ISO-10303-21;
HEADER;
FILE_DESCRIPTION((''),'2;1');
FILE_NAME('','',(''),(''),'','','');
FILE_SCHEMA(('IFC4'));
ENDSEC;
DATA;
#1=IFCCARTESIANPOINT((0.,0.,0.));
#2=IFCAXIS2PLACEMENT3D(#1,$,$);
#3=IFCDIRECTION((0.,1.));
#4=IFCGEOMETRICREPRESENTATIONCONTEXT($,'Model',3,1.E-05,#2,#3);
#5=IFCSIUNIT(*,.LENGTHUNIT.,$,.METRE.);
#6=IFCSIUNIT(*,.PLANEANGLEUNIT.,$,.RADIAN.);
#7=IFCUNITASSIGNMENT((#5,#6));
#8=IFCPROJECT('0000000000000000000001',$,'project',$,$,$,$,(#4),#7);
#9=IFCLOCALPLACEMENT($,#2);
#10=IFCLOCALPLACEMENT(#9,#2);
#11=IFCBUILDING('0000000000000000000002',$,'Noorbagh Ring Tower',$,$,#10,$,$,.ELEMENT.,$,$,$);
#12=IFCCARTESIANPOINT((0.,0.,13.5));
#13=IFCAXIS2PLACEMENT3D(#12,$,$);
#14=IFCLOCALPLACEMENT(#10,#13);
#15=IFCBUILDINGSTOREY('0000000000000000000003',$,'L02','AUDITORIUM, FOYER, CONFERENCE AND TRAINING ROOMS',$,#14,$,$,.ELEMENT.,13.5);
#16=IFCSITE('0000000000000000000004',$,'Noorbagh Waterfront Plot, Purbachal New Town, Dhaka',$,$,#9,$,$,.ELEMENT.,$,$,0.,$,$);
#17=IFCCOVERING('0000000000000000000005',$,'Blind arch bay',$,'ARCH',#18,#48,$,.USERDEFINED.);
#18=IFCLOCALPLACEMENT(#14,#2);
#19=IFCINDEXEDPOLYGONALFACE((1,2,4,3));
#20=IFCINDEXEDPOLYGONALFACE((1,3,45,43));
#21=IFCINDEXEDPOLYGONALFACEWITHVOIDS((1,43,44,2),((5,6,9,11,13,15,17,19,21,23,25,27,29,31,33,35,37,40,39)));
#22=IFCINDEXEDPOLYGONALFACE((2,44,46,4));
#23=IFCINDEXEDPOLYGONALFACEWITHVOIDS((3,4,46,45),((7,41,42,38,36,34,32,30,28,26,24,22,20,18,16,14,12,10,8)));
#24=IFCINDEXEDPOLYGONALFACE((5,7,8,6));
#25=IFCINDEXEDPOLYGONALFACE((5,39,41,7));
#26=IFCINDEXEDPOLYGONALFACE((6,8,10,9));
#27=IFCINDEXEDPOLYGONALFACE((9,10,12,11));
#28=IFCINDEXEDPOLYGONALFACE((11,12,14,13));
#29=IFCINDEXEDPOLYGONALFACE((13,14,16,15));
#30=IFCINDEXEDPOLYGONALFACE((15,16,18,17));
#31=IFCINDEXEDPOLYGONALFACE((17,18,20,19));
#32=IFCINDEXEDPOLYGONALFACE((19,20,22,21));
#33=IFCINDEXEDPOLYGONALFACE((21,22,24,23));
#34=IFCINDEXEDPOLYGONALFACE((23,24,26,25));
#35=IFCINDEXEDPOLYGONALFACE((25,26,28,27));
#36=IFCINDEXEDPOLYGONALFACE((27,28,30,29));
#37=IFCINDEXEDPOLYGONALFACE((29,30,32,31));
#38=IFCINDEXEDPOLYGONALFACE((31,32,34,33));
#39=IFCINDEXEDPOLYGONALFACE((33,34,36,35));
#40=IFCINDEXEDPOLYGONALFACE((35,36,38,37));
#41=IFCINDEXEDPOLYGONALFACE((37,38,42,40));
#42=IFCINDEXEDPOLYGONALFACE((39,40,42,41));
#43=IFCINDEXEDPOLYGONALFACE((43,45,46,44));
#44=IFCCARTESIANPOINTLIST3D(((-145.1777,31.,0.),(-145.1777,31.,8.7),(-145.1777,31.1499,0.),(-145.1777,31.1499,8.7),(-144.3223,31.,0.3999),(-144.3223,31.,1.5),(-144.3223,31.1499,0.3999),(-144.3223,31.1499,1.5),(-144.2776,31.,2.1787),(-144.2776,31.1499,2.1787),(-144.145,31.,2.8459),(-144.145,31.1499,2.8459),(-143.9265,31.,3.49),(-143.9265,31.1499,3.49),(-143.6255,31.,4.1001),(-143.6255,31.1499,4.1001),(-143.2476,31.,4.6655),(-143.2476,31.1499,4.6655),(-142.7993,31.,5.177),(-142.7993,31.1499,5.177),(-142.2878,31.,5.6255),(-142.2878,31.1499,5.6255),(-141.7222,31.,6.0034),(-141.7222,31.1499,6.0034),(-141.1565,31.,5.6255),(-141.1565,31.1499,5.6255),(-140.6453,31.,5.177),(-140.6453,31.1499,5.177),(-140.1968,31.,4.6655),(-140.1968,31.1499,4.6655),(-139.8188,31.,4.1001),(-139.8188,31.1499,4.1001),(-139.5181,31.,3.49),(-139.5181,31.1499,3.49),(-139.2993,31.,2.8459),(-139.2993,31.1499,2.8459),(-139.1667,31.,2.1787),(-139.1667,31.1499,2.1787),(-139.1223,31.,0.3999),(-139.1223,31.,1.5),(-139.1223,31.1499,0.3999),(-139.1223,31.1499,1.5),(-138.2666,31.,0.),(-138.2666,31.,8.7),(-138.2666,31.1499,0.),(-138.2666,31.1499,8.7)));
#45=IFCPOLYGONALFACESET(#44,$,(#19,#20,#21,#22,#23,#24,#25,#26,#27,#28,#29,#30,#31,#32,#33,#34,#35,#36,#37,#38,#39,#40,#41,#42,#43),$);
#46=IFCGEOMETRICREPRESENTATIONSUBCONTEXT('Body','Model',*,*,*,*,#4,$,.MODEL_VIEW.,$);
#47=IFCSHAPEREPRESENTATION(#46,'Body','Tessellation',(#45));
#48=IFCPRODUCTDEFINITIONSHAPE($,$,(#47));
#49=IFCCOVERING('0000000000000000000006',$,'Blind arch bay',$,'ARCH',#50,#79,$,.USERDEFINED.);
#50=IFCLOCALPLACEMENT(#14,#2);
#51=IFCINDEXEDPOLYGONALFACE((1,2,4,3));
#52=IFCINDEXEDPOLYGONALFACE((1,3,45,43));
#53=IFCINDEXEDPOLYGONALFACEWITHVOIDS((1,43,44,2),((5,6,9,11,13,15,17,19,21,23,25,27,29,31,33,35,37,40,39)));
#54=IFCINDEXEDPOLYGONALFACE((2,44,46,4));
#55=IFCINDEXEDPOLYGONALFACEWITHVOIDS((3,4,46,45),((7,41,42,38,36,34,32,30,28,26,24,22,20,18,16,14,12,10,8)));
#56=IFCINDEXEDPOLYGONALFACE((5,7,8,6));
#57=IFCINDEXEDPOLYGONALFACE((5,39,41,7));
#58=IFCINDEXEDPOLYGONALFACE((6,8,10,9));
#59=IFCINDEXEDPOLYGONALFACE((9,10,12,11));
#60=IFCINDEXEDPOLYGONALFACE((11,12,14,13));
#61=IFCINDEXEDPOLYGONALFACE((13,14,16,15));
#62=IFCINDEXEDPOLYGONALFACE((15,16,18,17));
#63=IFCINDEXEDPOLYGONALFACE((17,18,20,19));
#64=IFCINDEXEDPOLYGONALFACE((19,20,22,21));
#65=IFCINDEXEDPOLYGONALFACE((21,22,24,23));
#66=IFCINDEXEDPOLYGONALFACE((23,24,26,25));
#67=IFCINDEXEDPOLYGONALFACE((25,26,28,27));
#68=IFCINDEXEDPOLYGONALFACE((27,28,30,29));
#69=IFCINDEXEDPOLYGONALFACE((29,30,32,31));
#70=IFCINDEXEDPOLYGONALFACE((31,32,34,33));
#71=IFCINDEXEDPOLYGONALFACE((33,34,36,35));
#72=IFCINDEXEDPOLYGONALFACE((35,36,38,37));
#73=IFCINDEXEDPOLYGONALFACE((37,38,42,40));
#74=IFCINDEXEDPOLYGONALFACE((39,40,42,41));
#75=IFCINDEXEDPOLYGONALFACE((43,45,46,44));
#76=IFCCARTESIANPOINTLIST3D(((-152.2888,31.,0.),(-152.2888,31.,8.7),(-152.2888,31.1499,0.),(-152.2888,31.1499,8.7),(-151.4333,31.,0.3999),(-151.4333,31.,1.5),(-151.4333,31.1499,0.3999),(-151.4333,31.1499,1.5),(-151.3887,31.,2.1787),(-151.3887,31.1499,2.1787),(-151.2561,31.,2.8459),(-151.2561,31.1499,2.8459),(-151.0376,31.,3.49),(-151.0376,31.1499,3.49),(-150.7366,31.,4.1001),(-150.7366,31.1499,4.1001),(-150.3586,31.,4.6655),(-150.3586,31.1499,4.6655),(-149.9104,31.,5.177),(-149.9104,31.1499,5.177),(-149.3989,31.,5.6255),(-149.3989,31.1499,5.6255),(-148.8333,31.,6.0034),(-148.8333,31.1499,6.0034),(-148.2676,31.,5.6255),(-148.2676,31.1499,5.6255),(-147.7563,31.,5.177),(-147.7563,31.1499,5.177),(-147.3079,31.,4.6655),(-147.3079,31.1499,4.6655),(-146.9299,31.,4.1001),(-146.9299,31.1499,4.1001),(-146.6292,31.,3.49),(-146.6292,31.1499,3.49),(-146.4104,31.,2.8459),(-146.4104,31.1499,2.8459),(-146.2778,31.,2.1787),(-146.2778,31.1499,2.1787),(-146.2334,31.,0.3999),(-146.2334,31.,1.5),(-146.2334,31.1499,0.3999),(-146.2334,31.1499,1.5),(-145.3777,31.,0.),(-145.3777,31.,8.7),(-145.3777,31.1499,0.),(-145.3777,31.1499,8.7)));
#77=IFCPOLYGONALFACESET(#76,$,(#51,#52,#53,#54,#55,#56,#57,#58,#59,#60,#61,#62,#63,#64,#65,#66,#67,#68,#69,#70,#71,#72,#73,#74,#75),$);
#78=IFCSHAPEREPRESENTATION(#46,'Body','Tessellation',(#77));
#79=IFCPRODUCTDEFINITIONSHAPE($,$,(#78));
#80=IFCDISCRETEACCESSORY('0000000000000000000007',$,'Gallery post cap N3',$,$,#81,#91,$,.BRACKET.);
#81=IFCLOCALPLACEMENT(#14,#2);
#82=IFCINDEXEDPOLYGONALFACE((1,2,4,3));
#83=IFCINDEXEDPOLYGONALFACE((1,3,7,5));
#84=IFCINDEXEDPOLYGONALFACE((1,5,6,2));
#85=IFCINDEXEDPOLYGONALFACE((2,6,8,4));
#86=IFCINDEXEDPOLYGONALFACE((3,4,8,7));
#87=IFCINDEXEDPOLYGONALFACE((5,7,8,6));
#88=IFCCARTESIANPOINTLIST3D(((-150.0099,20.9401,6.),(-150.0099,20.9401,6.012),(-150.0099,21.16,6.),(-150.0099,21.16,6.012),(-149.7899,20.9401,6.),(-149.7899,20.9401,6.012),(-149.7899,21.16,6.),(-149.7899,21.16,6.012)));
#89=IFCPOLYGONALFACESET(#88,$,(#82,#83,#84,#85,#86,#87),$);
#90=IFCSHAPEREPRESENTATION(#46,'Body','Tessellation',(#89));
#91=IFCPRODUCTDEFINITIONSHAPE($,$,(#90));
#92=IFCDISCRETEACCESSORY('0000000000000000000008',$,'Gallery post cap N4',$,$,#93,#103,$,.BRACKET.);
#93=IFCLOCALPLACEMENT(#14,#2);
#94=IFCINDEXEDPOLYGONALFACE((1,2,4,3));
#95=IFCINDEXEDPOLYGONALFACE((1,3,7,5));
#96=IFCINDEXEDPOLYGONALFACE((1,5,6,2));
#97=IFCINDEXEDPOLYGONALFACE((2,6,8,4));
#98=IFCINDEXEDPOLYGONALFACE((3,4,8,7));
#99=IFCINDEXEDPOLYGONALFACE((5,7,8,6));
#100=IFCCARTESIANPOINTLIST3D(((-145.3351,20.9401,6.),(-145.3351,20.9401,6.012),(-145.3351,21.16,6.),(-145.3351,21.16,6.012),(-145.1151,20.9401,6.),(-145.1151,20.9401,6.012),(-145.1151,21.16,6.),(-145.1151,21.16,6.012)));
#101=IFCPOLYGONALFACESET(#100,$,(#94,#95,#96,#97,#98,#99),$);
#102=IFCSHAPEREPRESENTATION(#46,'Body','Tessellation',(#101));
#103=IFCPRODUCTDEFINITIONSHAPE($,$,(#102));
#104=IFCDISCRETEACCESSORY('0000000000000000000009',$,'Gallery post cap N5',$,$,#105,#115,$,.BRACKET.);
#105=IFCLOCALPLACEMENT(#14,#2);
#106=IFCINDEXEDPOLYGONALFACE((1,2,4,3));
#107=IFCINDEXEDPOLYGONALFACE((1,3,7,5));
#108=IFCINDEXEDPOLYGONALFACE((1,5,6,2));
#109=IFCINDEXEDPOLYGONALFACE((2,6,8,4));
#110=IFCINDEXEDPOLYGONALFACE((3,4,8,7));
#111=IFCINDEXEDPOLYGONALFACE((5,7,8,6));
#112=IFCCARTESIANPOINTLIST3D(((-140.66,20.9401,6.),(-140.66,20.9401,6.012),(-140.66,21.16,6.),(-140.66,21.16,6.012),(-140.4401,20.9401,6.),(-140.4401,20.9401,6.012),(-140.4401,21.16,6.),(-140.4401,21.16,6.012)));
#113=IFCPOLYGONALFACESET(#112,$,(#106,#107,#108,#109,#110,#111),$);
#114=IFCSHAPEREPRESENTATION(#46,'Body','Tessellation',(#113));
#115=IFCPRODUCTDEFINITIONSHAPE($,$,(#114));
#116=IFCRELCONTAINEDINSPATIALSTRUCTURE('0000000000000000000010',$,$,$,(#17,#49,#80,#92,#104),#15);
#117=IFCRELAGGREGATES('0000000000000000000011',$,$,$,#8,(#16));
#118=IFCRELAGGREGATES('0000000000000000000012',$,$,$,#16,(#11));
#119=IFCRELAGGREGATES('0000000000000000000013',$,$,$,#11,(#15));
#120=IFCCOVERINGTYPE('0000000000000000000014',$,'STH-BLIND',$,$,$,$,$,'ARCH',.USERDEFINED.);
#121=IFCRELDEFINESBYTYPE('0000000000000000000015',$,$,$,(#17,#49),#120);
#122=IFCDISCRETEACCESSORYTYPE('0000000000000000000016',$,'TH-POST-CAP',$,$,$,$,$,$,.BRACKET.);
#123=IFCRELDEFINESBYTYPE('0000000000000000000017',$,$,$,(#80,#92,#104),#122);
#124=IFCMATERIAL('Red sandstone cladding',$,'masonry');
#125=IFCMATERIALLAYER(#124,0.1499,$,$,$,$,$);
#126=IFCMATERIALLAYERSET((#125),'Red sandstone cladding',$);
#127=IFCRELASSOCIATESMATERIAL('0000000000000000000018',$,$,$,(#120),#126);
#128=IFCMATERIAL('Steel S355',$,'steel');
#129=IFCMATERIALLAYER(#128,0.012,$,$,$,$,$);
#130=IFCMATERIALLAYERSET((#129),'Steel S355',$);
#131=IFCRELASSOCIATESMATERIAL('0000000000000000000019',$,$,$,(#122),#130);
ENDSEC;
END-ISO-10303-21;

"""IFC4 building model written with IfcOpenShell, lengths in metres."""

from ifc_helpers import new_model, si_unit, direction, frame, origin, origin_2d, place, context, subcontext, project, spatial, polyline, rectangle, outline, extrude, material, layer, layer_set, type_object, element, save


model = new_model("IFC4")

# Units and contexts
model_context = context("Model", 3, precision=1e-05, world=origin(), true_north=direction((0.0, 1.0)))
body_context = subcontext(model_context, "Body", "Model", "MODEL_VIEW")
ifc_project = project(units=[si_unit("LENGTHUNIT", "METRE"), si_unit("PLANEANGLEUNIT", "RADIAN")], contexts=[model_context])

# Site, building, storey
site_placement = place(None, origin())
site = spatial("IfcSite", under=ifc_project, at=site_placement, Name="Noorbagh Waterfront Plot, Purbachal New Town, Dhaka", CompositionType="ELEMENT", RefElevation=0.0)
building_placement = place(site_placement, origin())
building = spatial("IfcBuilding", under=site, at=building_placement, Name="Noorbagh Ring Tower", CompositionType="ELEMENT")
storey_placement = place(building_placement, frame((0.0, 0.0, 13.5)))
storey = spatial("IfcBuildingStorey", under=building, at=storey_placement, Name="L02", Description="AUDITORIUM, FOYER, CONFERENCE AND TRAINING ROOMS", CompositionType="ELEMENT", Elevation=13.5)

# Coverings
ifc_material_1 = material(Name="Red sandstone cladding", Category="masonry")
ifc_layer_1 = layer(ifc_material_1, 0.1499)
ifc_layer_set_1 = layer_set([ifc_layer_1], Name="Red sandstone cladding")
covering_type = type_object("IfcCoveringType", Name="STH-BLIND", ElementType="ARCH", PredefinedType="USERDEFINED", material=ifc_layer_set_1)
for number, where, z_axis, x_axis, name in (
    (1, (-138.2666, 31.1499, 0.0), (0.0, 1.0, 0.0), (-1.0, 0.0, 0.0), "Blind arch bay"),
    (2, (-145.3777, 31.1499, 0.0), (0.0, 1.0, 0.0), (-1.0, 0.0, 0.0), "Blind arch bay"),
):
    element("IfcCovering", number, at=place(storey_placement, frame(where, z_axis=z_axis, x_axis=x_axis)), inside=storey, type_object=covering_type, Name=name, ObjectType="ARCH", PredefinedType="USERDEFINED", context=body_context, shape_type="SweptSolid", body=[
        extrude(outline(polyline([(0.0, 0.0), (6.9111, 0.0), (6.9111, 8.7), (0.0, 8.7), (0.0, 0.0)]), holes=[polyline([(0.8557, 0.3999), (0.8557, 1.5), (0.9001, 2.1787), (1.0327, 2.8459), (1.2515, 3.49), (1.5522, 4.1001), (1.9302, 4.6655), (2.3787, 5.177), (2.8899, 5.6255), (3.4556, 6.0034), (4.0212, 5.6255), (4.5327, 5.177), (4.981, 4.6655), (5.3589, 4.1001), (5.6599, 3.49), (5.8784, 2.8459), (6.011, 2.1787), (6.0557, 1.5), (6.0557, 0.3999), (0.8557, 0.3999)])]), origin(), (0.0, 0.0, -1.0), 0.1499),
    ])

# Discrete accessories
ifc_material_2 = material(Name="Steel S355", Category="steel")
ifc_layer_2 = layer(ifc_material_2, 0.012)
ifc_layer_set_2 = layer_set([ifc_layer_2], Name="Steel S355")
discrete_accessory_type = type_object("IfcDiscreteAccessoryType", Name="TH-POST-CAP", PredefinedType="BRACKET", material=ifc_layer_set_2)
for number, where, z_axis, x_axis, name in (
    (3, (-149.8999, 21.05, 6.0), (0.0, 0.0, 1.0), (1.0, 0.0, 0.0), "Gallery post cap N3"),
    (4, (-145.2251, 21.05, 6.0), (0.0, 0.0, 1.0), (1.0, 0.0, 0.0), "Gallery post cap N4"),
    (5, (-140.55, 21.05, 6.0), (0.0, 0.0, 1.0), (1.0, 0.0, 0.0), "Gallery post cap N5"),
):
    element("IfcDiscreteAccessory", number, at=place(storey_placement, frame(where, z_axis=z_axis, x_axis=x_axis)), inside=storey, type_object=discrete_accessory_type, Name=name, PredefinedType="BRACKET", context=body_context, shape_type="SweptSolid", body=[
        extrude(rectangle(XDim=0.22, YDim=0.22, at=origin_2d()), origin(), (0.0, 0.0, 1.0), 0.012),
    ])

save(model, "model.ifc")
